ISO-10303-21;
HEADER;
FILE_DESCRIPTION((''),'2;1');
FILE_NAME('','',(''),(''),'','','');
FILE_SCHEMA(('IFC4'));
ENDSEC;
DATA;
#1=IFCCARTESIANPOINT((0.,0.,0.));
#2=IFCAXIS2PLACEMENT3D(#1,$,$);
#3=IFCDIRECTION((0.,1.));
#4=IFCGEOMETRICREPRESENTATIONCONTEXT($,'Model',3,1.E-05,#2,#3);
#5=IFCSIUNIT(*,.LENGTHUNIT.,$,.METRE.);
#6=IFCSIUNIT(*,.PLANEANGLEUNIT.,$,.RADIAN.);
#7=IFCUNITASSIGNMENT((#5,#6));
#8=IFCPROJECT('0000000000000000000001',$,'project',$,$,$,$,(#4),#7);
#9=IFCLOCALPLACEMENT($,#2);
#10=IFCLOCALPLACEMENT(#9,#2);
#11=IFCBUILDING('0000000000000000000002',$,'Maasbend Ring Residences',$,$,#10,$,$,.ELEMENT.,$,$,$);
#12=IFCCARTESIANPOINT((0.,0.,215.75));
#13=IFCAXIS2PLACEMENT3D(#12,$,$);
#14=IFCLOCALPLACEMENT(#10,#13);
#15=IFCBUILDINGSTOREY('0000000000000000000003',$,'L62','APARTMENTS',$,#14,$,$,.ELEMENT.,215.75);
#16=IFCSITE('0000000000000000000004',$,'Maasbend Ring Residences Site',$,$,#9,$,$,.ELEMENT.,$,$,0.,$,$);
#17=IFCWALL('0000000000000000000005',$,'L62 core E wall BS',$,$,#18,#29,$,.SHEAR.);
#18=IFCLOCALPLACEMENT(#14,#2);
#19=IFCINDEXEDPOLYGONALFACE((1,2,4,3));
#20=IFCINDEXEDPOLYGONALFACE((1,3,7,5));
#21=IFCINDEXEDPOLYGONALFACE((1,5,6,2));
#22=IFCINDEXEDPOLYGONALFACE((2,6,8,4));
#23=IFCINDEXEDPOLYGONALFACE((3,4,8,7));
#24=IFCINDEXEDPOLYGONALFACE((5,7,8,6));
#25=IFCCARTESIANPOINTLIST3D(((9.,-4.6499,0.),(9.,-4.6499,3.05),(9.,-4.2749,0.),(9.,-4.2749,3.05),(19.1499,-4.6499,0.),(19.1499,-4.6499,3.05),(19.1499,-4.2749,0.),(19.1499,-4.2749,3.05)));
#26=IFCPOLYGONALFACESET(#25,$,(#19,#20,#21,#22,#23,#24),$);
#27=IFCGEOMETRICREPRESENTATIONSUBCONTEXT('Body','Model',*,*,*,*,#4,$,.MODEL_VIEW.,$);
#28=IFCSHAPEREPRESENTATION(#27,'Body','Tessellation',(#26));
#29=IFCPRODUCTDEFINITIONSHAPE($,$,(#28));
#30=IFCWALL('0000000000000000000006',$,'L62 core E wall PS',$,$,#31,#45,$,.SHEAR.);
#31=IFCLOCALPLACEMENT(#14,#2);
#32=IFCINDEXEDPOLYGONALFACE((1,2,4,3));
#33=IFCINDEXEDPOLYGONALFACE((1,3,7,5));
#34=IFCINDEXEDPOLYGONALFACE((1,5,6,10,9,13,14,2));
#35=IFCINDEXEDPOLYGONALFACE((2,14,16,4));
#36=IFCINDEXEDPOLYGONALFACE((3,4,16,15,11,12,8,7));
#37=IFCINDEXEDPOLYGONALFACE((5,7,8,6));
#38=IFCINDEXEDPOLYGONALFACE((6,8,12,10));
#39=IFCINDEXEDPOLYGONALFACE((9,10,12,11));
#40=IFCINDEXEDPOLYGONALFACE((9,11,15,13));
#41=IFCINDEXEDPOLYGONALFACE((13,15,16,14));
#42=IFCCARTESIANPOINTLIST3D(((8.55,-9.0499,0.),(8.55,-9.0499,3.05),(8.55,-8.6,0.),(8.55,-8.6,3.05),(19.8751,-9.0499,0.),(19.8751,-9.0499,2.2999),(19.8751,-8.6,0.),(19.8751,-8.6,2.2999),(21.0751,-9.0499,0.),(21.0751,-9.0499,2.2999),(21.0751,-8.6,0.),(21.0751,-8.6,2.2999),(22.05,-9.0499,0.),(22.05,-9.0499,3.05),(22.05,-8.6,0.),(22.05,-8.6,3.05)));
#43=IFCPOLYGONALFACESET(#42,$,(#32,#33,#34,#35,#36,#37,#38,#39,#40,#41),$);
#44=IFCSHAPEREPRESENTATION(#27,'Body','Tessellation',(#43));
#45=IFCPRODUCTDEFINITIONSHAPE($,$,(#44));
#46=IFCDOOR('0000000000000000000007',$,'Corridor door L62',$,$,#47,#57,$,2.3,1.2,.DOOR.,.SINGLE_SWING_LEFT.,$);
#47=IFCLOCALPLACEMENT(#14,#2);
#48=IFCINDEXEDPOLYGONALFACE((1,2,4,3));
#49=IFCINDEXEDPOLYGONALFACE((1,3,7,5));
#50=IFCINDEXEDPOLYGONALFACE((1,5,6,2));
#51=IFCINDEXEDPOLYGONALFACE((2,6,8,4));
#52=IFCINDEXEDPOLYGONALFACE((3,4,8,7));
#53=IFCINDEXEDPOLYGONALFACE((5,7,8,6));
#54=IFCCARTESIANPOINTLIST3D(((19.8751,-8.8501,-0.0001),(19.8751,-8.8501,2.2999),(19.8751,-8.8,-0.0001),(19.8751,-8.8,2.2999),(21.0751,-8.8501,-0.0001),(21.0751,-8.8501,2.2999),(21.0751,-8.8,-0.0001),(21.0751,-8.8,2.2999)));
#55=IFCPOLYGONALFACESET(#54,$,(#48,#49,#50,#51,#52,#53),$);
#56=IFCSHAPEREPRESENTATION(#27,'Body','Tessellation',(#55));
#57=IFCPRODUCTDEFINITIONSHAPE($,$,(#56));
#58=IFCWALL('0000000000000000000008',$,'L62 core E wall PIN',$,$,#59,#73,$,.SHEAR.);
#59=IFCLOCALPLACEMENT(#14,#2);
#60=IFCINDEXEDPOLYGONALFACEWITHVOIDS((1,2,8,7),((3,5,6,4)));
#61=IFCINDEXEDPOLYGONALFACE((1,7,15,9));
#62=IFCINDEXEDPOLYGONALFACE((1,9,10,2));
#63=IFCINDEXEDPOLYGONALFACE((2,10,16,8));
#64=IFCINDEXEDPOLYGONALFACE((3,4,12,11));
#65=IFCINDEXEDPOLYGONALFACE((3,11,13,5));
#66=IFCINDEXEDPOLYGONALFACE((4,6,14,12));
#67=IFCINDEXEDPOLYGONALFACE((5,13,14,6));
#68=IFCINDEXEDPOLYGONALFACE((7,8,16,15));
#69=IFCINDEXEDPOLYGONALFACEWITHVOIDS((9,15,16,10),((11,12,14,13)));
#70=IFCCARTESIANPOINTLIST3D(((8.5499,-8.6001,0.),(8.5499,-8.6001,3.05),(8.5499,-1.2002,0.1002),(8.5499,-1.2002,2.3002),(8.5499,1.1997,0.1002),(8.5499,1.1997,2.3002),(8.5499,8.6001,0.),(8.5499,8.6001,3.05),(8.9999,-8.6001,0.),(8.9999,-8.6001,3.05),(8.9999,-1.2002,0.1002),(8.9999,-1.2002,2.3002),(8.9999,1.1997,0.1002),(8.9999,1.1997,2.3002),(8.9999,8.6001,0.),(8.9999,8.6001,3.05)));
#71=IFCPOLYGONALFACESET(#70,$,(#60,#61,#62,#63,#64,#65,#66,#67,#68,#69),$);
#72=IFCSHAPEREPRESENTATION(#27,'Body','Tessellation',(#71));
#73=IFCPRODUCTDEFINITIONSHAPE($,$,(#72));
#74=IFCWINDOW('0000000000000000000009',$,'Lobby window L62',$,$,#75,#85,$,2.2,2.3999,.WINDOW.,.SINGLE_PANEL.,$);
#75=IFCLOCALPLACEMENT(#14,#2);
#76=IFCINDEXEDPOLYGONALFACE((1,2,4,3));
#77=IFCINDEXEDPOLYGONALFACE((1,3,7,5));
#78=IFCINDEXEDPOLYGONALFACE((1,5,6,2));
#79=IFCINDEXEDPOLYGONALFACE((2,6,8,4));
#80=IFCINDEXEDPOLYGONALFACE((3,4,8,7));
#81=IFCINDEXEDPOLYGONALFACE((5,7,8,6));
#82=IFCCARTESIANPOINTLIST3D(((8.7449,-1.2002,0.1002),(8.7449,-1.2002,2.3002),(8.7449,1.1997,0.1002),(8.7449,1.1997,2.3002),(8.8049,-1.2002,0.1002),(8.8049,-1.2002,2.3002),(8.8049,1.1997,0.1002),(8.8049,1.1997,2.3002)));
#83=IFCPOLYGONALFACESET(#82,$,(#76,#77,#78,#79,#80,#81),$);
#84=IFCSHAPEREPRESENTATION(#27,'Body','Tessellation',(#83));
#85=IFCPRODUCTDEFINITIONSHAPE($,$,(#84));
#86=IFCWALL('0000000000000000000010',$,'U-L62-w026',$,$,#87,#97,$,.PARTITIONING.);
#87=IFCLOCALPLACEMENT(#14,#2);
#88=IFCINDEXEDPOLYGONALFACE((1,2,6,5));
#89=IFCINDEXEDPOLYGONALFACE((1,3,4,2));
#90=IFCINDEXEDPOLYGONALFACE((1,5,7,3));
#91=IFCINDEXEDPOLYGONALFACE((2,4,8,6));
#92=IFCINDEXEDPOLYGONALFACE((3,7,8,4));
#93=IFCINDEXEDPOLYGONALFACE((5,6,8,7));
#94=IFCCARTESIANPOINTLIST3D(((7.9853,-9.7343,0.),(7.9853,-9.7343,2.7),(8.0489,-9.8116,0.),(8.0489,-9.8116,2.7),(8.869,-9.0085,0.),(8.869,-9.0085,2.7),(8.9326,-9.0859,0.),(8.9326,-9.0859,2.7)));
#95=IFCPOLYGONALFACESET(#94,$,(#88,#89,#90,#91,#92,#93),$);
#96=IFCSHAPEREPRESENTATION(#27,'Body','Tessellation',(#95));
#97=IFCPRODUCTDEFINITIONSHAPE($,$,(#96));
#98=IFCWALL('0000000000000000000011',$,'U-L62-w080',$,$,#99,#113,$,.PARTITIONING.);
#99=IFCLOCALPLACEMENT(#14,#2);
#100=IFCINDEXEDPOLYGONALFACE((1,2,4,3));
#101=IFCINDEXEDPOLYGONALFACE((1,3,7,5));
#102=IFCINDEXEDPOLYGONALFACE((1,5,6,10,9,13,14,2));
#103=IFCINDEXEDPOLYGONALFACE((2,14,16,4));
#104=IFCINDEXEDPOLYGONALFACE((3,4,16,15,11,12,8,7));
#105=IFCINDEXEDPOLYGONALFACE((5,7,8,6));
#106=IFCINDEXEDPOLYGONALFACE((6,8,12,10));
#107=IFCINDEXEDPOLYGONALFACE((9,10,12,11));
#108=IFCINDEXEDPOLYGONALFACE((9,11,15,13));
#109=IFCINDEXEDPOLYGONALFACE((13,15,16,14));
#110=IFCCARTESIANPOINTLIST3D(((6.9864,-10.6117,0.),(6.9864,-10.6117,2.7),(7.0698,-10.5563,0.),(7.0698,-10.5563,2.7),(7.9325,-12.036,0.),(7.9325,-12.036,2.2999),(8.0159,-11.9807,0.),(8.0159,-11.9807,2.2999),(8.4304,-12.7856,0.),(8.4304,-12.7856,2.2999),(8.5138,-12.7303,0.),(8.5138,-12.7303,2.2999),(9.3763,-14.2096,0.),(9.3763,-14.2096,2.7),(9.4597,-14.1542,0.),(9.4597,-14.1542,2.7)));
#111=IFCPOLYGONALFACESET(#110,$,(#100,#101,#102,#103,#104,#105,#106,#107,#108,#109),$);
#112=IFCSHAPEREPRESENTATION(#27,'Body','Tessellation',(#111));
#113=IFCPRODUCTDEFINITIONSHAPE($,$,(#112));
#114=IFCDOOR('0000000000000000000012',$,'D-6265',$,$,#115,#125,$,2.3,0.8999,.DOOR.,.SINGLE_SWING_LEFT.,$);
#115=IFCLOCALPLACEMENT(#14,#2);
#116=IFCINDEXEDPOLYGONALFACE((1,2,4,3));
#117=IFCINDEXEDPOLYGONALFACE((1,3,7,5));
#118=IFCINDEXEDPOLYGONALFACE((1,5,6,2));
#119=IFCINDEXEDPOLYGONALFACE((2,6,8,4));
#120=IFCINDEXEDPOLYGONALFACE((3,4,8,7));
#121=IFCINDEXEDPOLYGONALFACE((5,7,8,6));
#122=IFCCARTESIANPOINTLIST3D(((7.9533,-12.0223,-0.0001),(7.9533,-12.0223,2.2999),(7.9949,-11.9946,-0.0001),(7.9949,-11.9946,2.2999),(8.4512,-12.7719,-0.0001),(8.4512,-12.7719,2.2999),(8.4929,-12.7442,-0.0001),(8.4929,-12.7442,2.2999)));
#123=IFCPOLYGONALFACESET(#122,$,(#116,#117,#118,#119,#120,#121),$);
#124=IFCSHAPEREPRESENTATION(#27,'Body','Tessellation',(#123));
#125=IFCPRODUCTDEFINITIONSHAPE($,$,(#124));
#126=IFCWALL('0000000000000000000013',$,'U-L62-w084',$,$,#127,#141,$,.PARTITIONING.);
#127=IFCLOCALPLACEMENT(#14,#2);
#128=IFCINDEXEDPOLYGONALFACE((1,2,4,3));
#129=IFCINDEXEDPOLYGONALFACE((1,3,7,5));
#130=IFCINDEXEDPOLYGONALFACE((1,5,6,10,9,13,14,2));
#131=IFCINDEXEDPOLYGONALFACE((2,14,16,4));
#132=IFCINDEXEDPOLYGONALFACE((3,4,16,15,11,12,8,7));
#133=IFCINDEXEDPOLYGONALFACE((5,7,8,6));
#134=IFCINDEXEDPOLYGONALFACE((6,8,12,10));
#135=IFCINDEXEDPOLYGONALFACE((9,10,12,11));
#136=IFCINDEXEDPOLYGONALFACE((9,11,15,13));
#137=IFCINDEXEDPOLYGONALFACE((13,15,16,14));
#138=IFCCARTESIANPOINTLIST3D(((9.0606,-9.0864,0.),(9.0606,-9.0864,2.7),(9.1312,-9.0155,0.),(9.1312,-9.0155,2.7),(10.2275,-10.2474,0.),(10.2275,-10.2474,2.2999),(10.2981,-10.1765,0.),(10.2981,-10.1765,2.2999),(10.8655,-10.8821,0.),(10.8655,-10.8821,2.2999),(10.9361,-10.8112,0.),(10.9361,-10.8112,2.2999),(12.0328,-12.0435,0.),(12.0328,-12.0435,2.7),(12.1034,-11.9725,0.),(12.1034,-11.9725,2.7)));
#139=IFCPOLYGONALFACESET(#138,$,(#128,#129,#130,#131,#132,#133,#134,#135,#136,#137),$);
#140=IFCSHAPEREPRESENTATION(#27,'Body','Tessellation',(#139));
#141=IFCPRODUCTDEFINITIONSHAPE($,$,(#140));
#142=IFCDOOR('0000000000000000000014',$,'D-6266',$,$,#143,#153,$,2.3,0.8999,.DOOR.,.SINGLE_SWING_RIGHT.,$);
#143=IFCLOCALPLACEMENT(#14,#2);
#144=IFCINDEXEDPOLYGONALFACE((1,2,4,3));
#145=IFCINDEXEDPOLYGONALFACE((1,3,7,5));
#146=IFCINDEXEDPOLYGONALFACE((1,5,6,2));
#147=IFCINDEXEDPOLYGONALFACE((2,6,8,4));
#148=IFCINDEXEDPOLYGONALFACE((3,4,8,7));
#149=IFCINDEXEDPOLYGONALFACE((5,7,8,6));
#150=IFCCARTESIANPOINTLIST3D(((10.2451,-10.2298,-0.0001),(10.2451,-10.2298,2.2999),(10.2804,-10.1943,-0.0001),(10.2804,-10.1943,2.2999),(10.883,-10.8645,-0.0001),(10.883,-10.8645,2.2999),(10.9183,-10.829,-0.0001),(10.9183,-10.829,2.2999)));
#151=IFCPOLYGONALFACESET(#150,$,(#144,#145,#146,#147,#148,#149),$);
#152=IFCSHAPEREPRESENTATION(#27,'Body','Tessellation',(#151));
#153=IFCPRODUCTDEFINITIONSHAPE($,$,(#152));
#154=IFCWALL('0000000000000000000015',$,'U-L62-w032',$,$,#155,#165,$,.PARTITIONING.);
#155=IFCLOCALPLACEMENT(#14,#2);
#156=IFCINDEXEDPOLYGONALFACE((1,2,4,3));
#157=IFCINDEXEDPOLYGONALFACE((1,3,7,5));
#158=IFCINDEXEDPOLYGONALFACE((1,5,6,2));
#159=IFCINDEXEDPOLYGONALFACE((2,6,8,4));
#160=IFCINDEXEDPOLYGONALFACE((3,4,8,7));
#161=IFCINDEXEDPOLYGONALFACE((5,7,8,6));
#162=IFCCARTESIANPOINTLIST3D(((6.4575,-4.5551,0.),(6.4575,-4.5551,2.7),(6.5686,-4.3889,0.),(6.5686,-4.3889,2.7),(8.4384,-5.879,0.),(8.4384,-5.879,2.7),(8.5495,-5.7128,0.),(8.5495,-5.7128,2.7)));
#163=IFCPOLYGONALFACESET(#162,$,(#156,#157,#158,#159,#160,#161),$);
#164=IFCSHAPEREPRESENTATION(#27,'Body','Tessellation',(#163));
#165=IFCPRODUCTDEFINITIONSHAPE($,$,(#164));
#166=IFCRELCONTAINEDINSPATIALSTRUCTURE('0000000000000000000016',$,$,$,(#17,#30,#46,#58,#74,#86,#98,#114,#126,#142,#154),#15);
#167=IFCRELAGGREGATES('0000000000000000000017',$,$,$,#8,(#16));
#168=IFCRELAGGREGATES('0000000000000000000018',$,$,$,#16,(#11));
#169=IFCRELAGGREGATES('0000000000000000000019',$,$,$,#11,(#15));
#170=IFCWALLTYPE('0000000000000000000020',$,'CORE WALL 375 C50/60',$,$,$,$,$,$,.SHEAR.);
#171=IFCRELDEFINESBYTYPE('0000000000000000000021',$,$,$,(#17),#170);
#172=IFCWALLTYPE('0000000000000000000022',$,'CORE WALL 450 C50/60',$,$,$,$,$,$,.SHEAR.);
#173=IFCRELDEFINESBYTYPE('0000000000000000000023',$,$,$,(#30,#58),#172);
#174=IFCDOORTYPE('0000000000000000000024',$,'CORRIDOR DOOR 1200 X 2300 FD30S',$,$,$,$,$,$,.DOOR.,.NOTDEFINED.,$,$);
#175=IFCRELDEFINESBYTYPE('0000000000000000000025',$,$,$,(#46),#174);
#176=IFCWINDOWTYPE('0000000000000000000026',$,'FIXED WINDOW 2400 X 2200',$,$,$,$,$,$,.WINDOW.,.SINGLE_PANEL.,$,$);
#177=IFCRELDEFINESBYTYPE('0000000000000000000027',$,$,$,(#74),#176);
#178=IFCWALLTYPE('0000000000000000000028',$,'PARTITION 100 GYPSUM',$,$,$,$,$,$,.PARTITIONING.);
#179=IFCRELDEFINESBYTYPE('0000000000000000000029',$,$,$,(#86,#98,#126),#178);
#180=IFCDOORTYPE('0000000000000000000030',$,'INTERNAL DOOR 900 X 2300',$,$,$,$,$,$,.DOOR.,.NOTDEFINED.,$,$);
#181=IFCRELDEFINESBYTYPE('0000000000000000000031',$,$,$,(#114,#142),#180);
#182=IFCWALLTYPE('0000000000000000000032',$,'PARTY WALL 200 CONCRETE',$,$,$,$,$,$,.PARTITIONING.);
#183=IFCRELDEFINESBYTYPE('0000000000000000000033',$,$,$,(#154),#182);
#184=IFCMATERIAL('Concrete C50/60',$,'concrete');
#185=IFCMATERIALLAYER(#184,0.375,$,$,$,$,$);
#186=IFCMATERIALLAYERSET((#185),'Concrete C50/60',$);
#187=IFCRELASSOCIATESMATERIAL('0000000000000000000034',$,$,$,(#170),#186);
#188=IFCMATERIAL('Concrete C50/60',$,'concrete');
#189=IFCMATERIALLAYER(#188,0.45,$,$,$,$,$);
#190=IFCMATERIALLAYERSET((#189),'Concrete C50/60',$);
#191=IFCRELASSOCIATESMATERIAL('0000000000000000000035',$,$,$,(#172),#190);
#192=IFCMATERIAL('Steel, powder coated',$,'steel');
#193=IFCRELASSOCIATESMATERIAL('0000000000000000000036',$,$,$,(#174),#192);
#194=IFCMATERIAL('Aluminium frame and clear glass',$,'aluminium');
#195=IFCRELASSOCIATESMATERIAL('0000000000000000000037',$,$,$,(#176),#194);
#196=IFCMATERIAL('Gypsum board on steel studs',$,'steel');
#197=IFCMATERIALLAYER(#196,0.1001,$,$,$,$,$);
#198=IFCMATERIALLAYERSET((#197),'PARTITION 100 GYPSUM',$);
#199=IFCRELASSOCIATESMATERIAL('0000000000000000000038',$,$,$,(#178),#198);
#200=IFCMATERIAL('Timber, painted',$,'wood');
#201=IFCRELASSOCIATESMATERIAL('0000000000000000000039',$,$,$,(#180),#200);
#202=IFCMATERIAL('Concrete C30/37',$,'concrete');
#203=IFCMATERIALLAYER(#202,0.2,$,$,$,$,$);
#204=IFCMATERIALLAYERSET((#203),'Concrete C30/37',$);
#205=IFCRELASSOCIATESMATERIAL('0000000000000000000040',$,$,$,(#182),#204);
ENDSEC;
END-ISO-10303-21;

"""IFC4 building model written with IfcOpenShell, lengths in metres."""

from ifc_helpers import new_model, si_unit, direction, frame, frame_2d, origin, place, context, subcontext, project, spatial, rectangle, extrude, material, layer, layer_set, type_object, element, fill, save


model = new_model("IFC4")

# Units and contexts
model_context = context("Model", 3, precision=1e-05, world=origin(), true_north=direction((0.0, 1.0)))
body_context = subcontext(model_context, "Body", "Model", "MODEL_VIEW")
ifc_project = project(units=[si_unit("LENGTHUNIT", "METRE"), si_unit("PLANEANGLEUNIT", "RADIAN")], contexts=[model_context])

# Site, building, storey
site_placement = place(None, origin())
site = spatial("IfcSite", under=ifc_project, at=site_placement, Name="Maasbend Ring Residences Site", CompositionType="ELEMENT", RefElevation=0.0)
building_placement = place(site_placement, origin())
building = spatial("IfcBuilding", under=site, at=building_placement, Name="Maasbend Ring Residences", CompositionType="ELEMENT")
storey_placement = place(building_placement, frame((0.0, 0.0, 215.75)))
storey = spatial("IfcBuildingStorey", under=building, at=storey_placement, Name="L62", Description="APARTMENTS", CompositionType="ELEMENT", Elevation=215.75)

# Wall
ifc_material_1 = material(Name="Concrete C50/60", Category="concrete")
ifc_layer_1 = layer(ifc_material_1, 0.375)
ifc_layer_set_1 = layer_set([ifc_layer_1], Name="Concrete C50/60")
wall_type_1 = type_object("IfcWallType", Name="CORE WALL 375 C50/60", PredefinedType="SHEAR", material=ifc_layer_set_1)
wall_1_placement = place(storey_placement, frame((9.0, -4.4624, 0.0), z_axis=(0.0, 0.0, 1.0), x_axis=(1.0, 0.0, 0.0)))
element("IfcWall", 1, at=wall_1_placement, inside=storey, type_object=wall_type_1, Name="L62 core E wall BS", PredefinedType="SHEAR", context=body_context, shape_type="SweptSolid", body=[
    extrude(rectangle(XDim=10.1499, YDim=0.375, at=frame_2d((5.075, 0.0))), origin(), (0.0, 0.0, 1.0), 3.05),
])

# Wall, opening, door
ifc_material_2 = material(Name="Concrete C50/60", Category="concrete")
ifc_layer_2 = layer(ifc_material_2, 0.45)
ifc_layer_set_2 = layer_set([ifc_layer_2], Name="Concrete C50/60")
wall_type_2 = type_object("IfcWallType", Name="CORE WALL 450 C50/60", PredefinedType="SHEAR", material=ifc_layer_set_2)
wall_2_placement = place(storey_placement, frame((8.55, -8.825, 0.0), z_axis=(0.0, 0.0, 1.0), x_axis=(1.0, 0.0, 0.0)))
wall_2 = element("IfcWall", 2, at=wall_2_placement, inside=storey, type_object=wall_type_2, Name="L62 core E wall PS", PredefinedType="SHEAR", context=body_context, shape_type="SweptSolid", body=[
    extrude(rectangle(XDim=13.5, YDim=0.45, at=frame_2d((6.75, 0.0))), origin(), (0.0, 0.0, 1.0), 3.05),
])
opening_1_placement = place(wall_2_placement, frame((11.325, 0.0, 0.0)))
opening_1 = element("IfcOpeningElement", 3, at=opening_1_placement, cuts=wall_2, PredefinedType="OPENING", context=body_context, shape_type="SweptSolid", body=[
    extrude(rectangle(XDim=1.2, YDim=2.3, at=frame_2d((0.6001, 1.1499))), frame((0.0, 0.2349, 0.0), z_axis=(0.0, -1.0, 0.0), x_axis=(1.0, 0.0, 0.0)), (0.0, 0.0, 1.0), 0.47),
])
ifc_material_3 = material(Name="Steel, powder coated", Category="steel")
door_type_1 = type_object("IfcDoorType", Name="CORRIDOR DOOR 1200 X 2300 FD30S", OperationType="NOTDEFINED", PredefinedType="DOOR", material=ifc_material_3)
door_1_placement = place(opening_1_placement, origin())
door_1 = element("IfcDoor", 4, at=door_1_placement, inside=storey, type_object=door_type_1, Name="Corridor door L62", OperationType="SINGLE_SWING_LEFT", OverallHeight=2.3, OverallWidth=1.2, PredefinedType="DOOR", context=body_context, shape_type="SweptSolid", body=[
    extrude(rectangle(XDim=1.2, YDim=2.3, at=frame_2d((0.6001, 1.1499))), frame((0.0, 0.0249, 0.0), z_axis=(0.0, -1.0, 0.0), x_axis=(1.0, 0.0, 0.0)), (0.0, 0.0, 1.0), 0.05),
])
fill(opening_1, door_1)

# Wall, opening, window
wall_3_placement = place(storey_placement, frame((8.7749, -8.6001, 0.0), z_axis=(0.0, 0.0, 1.0), x_axis=(0.0, 1.0, 0.0)))
wall_3 = element("IfcWall", 5, at=wall_3_placement, inside=storey, type_object=wall_type_2, Name="L62 core E wall PIN", PredefinedType="SHEAR", context=body_context, shape_type="SweptSolid", body=[
    extrude(rectangle(XDim=17.2002, YDim=0.45, at=frame_2d((8.6001, 0.0))), origin(), (0.0, 0.0, 1.0), 3.05),
])
opening_2_placement = place(wall_3_placement, frame((7.3999, 0.0, 0.1001)))
opening_2 = element("IfcOpeningElement", 6, at=opening_2_placement, cuts=wall_3, PredefinedType="OPENING", context=body_context, shape_type="SweptSolid", body=[
    extrude(rectangle(XDim=2.3999, YDim=2.2, at=frame_2d((1.2, 1.1001))), frame((0.0, 0.2349, 0.0), z_axis=(0.0, -1.0, 0.0), x_axis=(1.0, 0.0, 0.0)), (0.0, 0.0, 1.0), 0.47),
])
ifc_material_4 = material(Name="Aluminium frame and clear glass", Category="aluminium")
window_type = type_object("IfcWindowType", Name="FIXED WINDOW 2400 X 2200", PartitioningType="SINGLE_PANEL", PredefinedType="WINDOW", material=ifc_material_4)
window_placement = place(opening_2_placement, origin())
window = element("IfcWindow", 7, at=window_placement, inside=storey, type_object=window_type, Name="Lobby window L62", OverallHeight=2.2, OverallWidth=2.3999, PartitioningType="SINGLE_PANEL", PredefinedType="WINDOW", context=body_context, shape_type="SweptSolid", body=[
    extrude(rectangle(XDim=2.3999, YDim=2.2, at=frame_2d((1.2, 1.1001))), frame((0.0, 0.03, 0.0), z_axis=(0.0, -1.0, 0.0), x_axis=(1.0, 0.0, 0.0)), (0.0, 0.0, 1.0), 0.0601),
])
fill(opening_2, window)

# Wall
ifc_material_5 = material(Name="Gypsum board on steel studs", Category="steel")
ifc_layer_3 = layer(ifc_material_5, 0.1001)
ifc_layer_set_3 = layer_set([ifc_layer_3], Name="PARTITION 100 GYPSUM")
wall_type_3 = type_object("IfcWallType", Name="PARTITION 100 GYPSUM", PredefinedType="PARTITIONING", material=ifc_layer_set_3)
wall_4_placement = place(storey_placement, frame((8.0171, -9.7729, 0.0), z_axis=(0.0, 0.0, 1.0), x_axis=(0.772786, 0.634667, 0.0)))
element("IfcWall", 8, at=wall_4_placement, inside=storey, type_object=wall_type_3, Name="U-L62-w026", PredefinedType="PARTITIONING", context=body_context, shape_type="SweptSolid", body=[
    extrude(rectangle(XDim=1.1436, YDim=0.1001, at=frame_2d((0.5718, 0.0))), origin(), (0.0, 0.0, 1.0), 2.7),
])

# Walls, openings, doors
wall_5_placement = place(storey_placement, frame((7.0281, -10.584, 0.0), z_axis=(0.0, 0.0, 1.0), x_axis=(0.553304, -0.83298, 0.0)))
wall_5 = element("IfcWall", 9, at=wall_5_placement, inside=storey, type_object=wall_type_3, Name="U-L62-w080", PredefinedType="PARTITIONING", context=body_context, shape_type="SweptSolid", body=[
    extrude(rectangle(XDim=4.3193, YDim=0.1001, at=frame_2d((2.1597, 0.0))), origin(), (0.0, 0.0, 1.0), 2.7),
])
opening_3_placement = place(wall_5_placement, frame((1.71, 0.0, 0.0)))
opening_3 = element("IfcOpeningElement", 10, at=opening_3_placement, cuts=wall_5, PredefinedType="OPENING", context=body_context, shape_type="SweptSolid", body=[
    extrude(rectangle(XDim=0.8999, YDim=2.3, at=frame_2d((0.45, 1.1499))), frame((0.0, 0.0601, 0.0), z_axis=(0.0, -1.0, 0.0), x_axis=(1.0, 0.0, 0.0)), (0.0, 0.0, 1.0), 0.1201),
])
ifc_material_6 = material(Name="Timber, painted", Category="wood")
door_type_2 = type_object("IfcDoorType", Name="INTERNAL DOOR 900 X 2300", OperationType="NOTDEFINED", PredefinedType="DOOR", material=ifc_material_6)
door_2_placement = place(opening_3_placement, origin())
door_2 = element("IfcDoor", 11, at=door_2_placement, inside=storey, type_object=door_type_2, Name="D-6265", OperationType="SINGLE_SWING_LEFT", OverallHeight=2.3, OverallWidth=0.8999, PredefinedType="DOOR", context=body_context, shape_type="SweptSolid", body=[
    extrude(rectangle(XDim=0.8999, YDim=2.3, at=frame_2d((0.45, 1.1499))), frame((0.0, 0.0249, 0.0), z_axis=(0.0, -1.0, 0.0), x_axis=(1.0, 0.0, 0.0)), (0.0, 0.0, 1.0), 0.05),
])
fill(opening_3, door_2)
wall_6_placement = place(storey_placement, frame((9.0959, -9.051, 0.0), z_axis=(0.0, 0.0, 1.0), x_axis=(0.70891, -0.705299, 0.0)))
wall_6 = element("IfcWall", 12, at=wall_6_placement, inside=storey, type_object=wall_type_3, Name="U-L62-w084", PredefinedType="PARTITIONING", context=body_context, shape_type="SweptSolid", body=[
    extrude(rectangle(XDim=4.1926, YDim=0.1001, at=frame_2d((2.0962, 0.0))), origin(), (0.0, 0.0, 1.0), 2.7),
])
opening_4_placement = place(wall_6_placement, frame((1.646, 0.0, 0.0)))
opening_4 = element("IfcOpeningElement", 13, at=opening_4_placement, cuts=wall_6, PredefinedType="OPENING", context=body_context, shape_type="SweptSolid", body=[
    extrude(rectangle(XDim=0.8999, YDim=2.3, at=frame_2d((0.45, 1.1499))), frame((0.0, 0.0601, 0.0), z_axis=(0.0, -1.0, 0.0), x_axis=(1.0, 0.0, 0.0)), (0.0, 0.0, 1.0), 0.1201),
])
door_3_placement = place(opening_4_placement, origin())
door_3 = element("IfcDoor", 14, at=door_3_placement, inside=storey, type_object=door_type_2, Name="D-6266", OperationType="SINGLE_SWING_RIGHT", OverallHeight=2.3, OverallWidth=0.8999, PredefinedType="DOOR", context=body_context, shape_type="SweptSolid", body=[
    extrude(rectangle(XDim=0.8999, YDim=2.3, at=frame_2d((0.45, 1.1499))), frame((0.0, 0.0249, 0.0), z_axis=(0.0, -1.0, 0.0), x_axis=(1.0, 0.0, 0.0)), (0.0, 0.0, 1.0), 0.05),
])
fill(opening_4, door_3)

# Wall
ifc_material_7 = material(Name="Concrete C30/37", Category="concrete")
ifc_layer_4 = layer(ifc_material_7, 0.2)
ifc_layer_set_4 = layer_set([ifc_layer_4], Name="Concrete C30/37")
wall_type_4 = type_object("IfcWallType", Name="PARTY WALL 200 CONCRETE", PredefinedType="PARTITIONING", material=ifc_layer_set_4)
wall_7_placement = place(storey_placement, frame((6.5129, -4.4719, 0.0), z_axis=(0.0, 0.0, 1.0), x_axis=(0.831403, -0.555669, 0.0)))
element("IfcWall", 15, at=wall_7_placement, inside=storey, type_object=wall_type_4, Name="U-L62-w032", PredefinedType="PARTITIONING", context=body_context, shape_type="SweptSolid", body=[
    extrude(rectangle(XDim=2.3826, YDim=0.2, at=frame_2d((1.1914, 0.0))), origin(), (0.0, 0.0, 1.0), 2.7),
])

save(model, "model.ifc")
